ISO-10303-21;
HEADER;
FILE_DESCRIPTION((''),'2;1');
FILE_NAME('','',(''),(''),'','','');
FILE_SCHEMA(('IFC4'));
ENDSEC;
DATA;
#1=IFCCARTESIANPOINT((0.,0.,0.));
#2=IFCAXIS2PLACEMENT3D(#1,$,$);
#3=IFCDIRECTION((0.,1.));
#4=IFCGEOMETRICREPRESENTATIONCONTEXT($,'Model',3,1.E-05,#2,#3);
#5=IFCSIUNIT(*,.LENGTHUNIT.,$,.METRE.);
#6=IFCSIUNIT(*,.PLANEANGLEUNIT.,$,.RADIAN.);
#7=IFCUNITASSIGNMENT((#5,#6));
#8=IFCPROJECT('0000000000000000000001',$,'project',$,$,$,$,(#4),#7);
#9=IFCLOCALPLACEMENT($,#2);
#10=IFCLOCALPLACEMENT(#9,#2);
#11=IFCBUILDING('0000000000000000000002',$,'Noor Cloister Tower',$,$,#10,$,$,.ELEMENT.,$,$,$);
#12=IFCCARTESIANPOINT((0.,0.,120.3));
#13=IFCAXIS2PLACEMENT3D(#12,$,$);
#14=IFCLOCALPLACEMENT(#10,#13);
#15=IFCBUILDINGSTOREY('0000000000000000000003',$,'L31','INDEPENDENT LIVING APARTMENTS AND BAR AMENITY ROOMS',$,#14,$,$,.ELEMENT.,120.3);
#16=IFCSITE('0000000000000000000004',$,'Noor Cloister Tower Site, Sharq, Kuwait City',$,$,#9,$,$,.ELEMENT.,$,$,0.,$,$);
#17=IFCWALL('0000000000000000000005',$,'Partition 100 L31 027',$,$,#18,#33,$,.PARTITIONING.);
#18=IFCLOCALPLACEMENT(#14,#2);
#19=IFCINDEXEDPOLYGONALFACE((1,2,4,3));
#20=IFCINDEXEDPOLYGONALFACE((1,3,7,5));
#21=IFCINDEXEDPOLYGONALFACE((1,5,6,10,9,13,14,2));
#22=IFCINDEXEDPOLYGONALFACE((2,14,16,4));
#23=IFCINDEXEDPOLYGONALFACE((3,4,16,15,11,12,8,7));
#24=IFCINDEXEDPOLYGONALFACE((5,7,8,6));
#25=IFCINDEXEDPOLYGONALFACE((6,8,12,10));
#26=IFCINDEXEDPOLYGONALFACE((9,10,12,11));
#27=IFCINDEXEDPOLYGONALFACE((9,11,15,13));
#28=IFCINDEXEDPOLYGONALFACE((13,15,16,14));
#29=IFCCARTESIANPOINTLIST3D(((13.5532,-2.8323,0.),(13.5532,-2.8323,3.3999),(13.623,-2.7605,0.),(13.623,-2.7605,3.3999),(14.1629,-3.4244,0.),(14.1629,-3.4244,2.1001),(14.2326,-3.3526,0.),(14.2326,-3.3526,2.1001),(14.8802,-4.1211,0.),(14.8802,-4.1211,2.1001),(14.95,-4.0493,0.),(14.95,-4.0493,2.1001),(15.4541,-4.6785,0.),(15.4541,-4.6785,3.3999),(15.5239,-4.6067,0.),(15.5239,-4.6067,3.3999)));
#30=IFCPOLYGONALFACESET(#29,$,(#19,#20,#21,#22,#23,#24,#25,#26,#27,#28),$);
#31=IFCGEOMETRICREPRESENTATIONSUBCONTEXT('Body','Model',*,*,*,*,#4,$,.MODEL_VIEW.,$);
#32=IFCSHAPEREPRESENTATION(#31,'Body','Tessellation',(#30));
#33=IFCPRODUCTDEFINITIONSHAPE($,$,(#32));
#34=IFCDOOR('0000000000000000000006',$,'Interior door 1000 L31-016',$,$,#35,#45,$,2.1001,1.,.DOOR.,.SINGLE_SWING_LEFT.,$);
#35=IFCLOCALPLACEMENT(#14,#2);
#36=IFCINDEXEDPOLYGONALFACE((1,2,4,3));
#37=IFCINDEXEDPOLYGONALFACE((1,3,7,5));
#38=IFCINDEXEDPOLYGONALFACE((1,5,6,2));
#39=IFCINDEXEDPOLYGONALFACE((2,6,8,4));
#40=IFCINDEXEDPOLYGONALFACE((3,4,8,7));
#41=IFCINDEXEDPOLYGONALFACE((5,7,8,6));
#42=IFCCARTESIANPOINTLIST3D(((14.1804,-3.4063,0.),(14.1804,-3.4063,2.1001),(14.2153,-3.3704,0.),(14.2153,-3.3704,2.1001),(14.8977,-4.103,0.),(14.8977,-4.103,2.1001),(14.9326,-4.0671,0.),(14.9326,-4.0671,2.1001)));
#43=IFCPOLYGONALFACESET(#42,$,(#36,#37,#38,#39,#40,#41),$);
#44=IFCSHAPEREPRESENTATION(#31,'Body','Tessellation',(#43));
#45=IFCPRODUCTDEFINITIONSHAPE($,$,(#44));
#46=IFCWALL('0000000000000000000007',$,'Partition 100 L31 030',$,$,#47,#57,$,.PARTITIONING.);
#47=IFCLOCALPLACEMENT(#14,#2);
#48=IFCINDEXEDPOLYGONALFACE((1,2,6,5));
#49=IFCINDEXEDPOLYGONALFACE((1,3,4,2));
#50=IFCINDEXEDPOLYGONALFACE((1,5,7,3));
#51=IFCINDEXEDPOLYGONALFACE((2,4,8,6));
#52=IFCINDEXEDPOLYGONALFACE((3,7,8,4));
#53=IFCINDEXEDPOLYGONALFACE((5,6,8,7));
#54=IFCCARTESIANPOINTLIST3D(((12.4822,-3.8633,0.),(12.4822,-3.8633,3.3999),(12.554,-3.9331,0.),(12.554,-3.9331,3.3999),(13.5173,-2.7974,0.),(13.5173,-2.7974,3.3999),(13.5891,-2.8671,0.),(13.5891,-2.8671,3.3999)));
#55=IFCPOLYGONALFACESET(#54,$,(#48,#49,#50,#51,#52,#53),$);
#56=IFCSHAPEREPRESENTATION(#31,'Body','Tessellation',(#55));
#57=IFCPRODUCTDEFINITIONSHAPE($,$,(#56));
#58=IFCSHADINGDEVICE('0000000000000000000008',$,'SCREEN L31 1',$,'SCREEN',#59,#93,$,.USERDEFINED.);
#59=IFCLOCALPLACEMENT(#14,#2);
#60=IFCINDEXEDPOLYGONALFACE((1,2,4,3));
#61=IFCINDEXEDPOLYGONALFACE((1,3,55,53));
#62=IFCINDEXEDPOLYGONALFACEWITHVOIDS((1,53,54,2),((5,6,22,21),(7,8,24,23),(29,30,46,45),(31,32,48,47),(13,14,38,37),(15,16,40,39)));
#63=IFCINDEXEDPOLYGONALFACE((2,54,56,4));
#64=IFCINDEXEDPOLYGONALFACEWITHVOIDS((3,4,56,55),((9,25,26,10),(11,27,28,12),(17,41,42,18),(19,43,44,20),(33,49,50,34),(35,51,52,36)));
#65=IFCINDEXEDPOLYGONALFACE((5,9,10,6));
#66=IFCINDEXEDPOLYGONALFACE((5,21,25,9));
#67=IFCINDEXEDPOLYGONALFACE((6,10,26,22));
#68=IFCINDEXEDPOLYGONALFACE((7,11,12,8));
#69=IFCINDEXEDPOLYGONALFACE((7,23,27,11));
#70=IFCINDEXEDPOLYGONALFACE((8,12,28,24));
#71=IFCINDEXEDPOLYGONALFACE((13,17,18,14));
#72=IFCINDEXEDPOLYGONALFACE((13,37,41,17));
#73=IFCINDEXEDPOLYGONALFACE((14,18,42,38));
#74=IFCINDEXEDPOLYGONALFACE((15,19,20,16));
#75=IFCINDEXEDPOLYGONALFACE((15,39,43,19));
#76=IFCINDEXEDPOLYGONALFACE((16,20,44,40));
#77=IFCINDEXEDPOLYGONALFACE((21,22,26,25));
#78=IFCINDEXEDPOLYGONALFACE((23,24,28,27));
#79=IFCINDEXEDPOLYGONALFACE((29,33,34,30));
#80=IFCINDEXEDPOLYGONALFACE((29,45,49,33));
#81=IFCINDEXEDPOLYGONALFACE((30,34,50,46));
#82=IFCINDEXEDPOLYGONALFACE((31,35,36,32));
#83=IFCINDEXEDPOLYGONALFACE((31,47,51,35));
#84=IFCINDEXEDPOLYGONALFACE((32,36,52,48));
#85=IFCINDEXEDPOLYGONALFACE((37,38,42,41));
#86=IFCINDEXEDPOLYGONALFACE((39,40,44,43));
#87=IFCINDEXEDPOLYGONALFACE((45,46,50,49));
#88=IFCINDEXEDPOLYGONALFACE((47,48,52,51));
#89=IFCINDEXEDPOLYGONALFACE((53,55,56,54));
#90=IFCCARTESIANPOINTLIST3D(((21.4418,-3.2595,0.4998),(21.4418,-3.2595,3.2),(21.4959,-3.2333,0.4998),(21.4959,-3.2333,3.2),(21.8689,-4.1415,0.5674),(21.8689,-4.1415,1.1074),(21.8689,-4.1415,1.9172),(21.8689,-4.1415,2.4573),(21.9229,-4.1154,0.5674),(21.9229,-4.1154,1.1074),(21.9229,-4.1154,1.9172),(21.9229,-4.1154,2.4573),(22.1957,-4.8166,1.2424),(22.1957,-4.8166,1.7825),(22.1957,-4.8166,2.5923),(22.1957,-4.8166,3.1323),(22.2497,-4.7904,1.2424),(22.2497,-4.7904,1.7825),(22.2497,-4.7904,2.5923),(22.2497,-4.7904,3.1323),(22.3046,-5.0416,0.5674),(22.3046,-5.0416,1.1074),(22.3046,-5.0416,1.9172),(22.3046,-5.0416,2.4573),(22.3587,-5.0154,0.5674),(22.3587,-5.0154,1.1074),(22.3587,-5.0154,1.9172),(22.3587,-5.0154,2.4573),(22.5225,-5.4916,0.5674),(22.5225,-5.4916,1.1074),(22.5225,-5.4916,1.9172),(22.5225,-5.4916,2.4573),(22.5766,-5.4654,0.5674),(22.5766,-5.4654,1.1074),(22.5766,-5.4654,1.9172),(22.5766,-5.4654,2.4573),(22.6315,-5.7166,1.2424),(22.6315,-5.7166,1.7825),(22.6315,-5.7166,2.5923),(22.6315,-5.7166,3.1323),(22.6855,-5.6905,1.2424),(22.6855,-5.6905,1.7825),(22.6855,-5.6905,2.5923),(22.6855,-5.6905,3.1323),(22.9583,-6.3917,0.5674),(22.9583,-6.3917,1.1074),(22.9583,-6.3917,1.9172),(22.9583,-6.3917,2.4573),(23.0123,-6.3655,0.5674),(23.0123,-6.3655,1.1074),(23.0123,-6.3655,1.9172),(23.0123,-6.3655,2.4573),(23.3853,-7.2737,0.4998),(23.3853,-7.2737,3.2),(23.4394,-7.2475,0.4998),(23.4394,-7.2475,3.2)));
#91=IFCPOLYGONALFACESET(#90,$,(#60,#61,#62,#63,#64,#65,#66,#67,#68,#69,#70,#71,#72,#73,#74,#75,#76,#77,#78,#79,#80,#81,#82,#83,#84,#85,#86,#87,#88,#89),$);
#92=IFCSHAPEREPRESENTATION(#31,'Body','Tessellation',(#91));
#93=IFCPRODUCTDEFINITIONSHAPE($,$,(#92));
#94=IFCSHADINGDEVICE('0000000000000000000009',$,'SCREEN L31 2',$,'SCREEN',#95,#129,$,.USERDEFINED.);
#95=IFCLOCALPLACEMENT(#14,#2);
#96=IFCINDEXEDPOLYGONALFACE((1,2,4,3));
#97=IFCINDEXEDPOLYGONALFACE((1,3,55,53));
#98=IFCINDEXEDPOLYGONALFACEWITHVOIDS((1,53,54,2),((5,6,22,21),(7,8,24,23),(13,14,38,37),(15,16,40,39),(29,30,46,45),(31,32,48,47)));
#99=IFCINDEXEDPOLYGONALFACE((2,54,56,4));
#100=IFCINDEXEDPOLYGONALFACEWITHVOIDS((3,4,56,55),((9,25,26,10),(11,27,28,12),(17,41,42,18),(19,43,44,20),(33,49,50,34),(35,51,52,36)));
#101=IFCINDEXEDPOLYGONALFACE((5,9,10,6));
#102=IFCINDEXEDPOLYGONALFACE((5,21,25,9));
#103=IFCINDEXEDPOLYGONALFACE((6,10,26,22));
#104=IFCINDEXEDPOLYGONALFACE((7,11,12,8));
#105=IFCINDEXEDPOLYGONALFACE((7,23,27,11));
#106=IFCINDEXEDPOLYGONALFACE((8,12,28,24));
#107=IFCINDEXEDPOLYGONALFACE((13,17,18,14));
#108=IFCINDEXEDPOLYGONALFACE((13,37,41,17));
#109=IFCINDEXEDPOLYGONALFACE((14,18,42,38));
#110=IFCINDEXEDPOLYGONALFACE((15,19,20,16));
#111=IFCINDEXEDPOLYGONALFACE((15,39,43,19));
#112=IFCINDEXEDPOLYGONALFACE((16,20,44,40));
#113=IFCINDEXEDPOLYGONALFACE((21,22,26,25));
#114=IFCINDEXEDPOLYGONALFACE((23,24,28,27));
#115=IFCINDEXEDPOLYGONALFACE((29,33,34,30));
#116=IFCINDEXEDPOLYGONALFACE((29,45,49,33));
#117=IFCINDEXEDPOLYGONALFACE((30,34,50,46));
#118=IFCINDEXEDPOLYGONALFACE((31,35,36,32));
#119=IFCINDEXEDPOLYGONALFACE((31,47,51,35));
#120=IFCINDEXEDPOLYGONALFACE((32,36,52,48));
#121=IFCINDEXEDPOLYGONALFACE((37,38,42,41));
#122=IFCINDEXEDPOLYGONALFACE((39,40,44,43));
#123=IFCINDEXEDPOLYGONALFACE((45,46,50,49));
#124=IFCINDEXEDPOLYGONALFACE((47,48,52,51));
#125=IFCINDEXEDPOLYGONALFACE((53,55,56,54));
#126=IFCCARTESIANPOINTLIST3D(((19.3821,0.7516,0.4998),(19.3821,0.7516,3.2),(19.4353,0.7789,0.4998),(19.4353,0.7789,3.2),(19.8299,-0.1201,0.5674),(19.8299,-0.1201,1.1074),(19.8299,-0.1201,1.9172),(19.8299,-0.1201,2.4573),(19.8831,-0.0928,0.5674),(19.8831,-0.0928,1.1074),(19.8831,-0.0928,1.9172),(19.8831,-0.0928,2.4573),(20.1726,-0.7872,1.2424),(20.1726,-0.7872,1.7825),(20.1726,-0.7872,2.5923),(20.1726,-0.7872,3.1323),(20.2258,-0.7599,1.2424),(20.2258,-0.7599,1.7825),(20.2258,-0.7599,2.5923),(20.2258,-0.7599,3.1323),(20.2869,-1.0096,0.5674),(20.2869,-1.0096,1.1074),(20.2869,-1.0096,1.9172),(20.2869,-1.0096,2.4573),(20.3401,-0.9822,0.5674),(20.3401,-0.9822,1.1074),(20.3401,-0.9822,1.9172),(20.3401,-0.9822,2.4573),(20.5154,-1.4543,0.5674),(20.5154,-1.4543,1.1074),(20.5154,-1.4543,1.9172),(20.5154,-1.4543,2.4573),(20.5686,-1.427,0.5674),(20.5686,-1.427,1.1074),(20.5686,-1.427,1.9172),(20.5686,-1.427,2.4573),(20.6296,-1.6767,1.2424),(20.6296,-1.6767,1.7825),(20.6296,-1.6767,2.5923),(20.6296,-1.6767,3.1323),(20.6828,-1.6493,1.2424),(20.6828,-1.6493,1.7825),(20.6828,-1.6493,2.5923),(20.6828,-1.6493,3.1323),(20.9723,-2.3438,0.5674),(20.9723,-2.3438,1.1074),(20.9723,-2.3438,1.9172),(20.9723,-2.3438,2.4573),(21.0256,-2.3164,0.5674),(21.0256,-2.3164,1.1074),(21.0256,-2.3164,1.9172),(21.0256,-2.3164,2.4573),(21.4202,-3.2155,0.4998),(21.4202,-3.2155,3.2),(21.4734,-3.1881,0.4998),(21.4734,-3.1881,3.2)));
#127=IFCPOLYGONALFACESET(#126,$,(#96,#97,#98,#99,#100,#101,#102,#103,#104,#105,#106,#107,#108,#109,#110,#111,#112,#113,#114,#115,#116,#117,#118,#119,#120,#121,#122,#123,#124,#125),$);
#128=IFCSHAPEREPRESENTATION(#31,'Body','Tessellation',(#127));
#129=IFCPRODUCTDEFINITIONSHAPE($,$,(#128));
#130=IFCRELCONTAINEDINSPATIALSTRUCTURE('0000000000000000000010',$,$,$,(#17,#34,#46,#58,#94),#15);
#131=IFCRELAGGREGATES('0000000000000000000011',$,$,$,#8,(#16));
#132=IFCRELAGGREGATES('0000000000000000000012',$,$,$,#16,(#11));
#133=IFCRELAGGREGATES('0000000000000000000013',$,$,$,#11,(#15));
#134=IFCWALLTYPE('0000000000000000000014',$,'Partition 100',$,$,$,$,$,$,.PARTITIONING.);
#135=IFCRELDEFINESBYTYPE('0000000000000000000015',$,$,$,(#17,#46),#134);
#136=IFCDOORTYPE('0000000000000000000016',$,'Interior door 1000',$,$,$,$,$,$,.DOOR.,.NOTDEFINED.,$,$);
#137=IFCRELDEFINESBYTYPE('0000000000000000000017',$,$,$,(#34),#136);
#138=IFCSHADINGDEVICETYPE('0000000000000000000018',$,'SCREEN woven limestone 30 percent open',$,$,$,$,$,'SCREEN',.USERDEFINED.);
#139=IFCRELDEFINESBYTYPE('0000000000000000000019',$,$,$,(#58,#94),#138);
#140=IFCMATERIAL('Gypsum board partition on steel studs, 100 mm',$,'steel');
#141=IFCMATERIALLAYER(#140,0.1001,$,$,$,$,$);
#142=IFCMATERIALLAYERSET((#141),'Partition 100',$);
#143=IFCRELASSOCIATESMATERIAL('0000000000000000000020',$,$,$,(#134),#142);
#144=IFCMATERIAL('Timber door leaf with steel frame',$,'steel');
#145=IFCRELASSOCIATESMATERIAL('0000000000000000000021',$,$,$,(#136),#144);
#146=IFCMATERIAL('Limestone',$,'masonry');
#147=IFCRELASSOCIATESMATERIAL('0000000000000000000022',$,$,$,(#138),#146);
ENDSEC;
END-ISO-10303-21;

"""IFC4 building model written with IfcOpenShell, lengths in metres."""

from ifc_helpers import new_model, si_unit, direction, frame, frame_2d, origin, place, context, subcontext, project, spatial, polyline, rectangle, outline, extrude, material, layer, layer_set, material_profile, profile_set, type_object, element, fill, save


model = new_model("IFC4")

# Units and contexts
model_context = context("Model", 3, precision=1e-05, world=origin(), true_north=direction((0.0, 1.0)))
body_context = subcontext(model_context, "Body", "Model", "MODEL_VIEW")
ifc_project = project(units=[si_unit("LENGTHUNIT", "METRE"), si_unit("PLANEANGLEUNIT", "RADIAN")], contexts=[model_context])

# Site, building, storey
site_placement = place(None, origin())
site = spatial("IfcSite", under=ifc_project, at=site_placement, Name="Noor Cloister Tower Site, Sharq, Kuwait City", CompositionType="ELEMENT", RefElevation=0.0)
building_placement = place(site_placement, origin())
building = spatial("IfcBuilding", under=site, at=building_placement, Name="Noor Cloister Tower", CompositionType="ELEMENT")
storey_placement = place(building_placement, frame((0.0, 0.0, 120.3)))
storey = spatial("IfcBuildingStorey", under=building, at=storey_placement, Name="L31", Description="INDEPENDENT LIVING APARTMENTS AND BAR AMENITY ROOMS", CompositionType="ELEMENT", Elevation=120.3)

# Wall, opening, door
ifc_material_1 = material(Name="Gypsum board partition on steel studs, 100 mm", Category="steel")
ifc_layer_1 = layer(ifc_material_1, 0.1001)
ifc_layer_set_1 = layer_set([ifc_layer_1], Name="Partition 100")
wall_type_1 = type_object("IfcWallType", Name="Partition 100", PredefinedType="PARTITIONING", material=ifc_layer_set_1)
ifc_material_2 = material(Name="Timber door leaf with steel frame", Category="steel")
door_type_1 = type_object("IfcDoorType", Name="Interior door 1000", OperationType="NOTDEFINED", PredefinedType="DOOR", material=ifc_material_2)
wall_1_placement = place(storey_placement, frame((15.489, -4.6426, 0.0), z_axis=(0.0, 0.0, 1.0), x_axis=(-0.71735, 0.696713, 0.0)))
wall_1 = element("IfcWall", 1, at=wall_1_placement, inside=storey, type_object=wall_type_1, Name="Partition 100 L31 027", PredefinedType="PARTITIONING", context=body_context, shape_type="SweptSolid", body=[
    extrude(rectangle(XDim=2.6499, YDim=0.1001, at=frame_2d((1.325, 0.0))), origin(), (0.0, 0.0, 1.0), 3.3999),
])
opening_1_placement = place(wall_1_placement, frame((0.8, 0.0, 0.0)))
opening_1 = element("IfcOpeningElement", 2, at=opening_1_placement, cuts=wall_1, PredefinedType="OPENING", context=body_context, shape_type="SweptSolid", body=[
    extrude(rectangle(XDim=1.0, YDim=2.1001, at=frame_2d((0.5, 1.05))), frame((0.0, 0.0601, 0.0), z_axis=(0.0, -1.0, 0.0), x_axis=(1.0, 0.0, 0.0)), (0.0, 0.0, 1.0), 0.1201),
])
door_1_placement = place(opening_1_placement, origin())
door_1 = element("IfcDoor", 3, at=door_1_placement, inside=storey, type_object=door_type_1, Name="Interior door 1000 L31-016", OperationType="SINGLE_SWING_LEFT", OverallHeight=2.1001, OverallWidth=1.0, PredefinedType="DOOR", context=body_context, shape_type="SweptSolid", body=[
    extrude(rectangle(XDim=1.0, YDim=2.1001, at=frame_2d((0.5, 1.05))), frame((0.0, 0.0249, 0.0), z_axis=(0.0, -1.0, 0.0), x_axis=(1.0, 0.0, 0.0)), (0.0, 0.0, 1.0), 0.05),
])
fill(opening_1, door_1)

# Wall
wall_2_placement = place(storey_placement, frame((12.5181, -3.8982, 0.0), z_axis=(0.0, 0.0, 1.0), x_axis=(0.696679, 0.717383, 0.0)))
element("IfcWall", 4, at=wall_2_placement, inside=storey, type_object=wall_type_1, Name="Partition 100 L31 030", PredefinedType="PARTITIONING", context=body_context, shape_type="SweptSolid", body=[
    extrude(rectangle(XDim=1.4858, YDim=0.1001, at=frame_2d((0.7429, 0.0))), origin(), (0.0, 0.0, 1.0), 3.3999),
])

# Shading devices
ifc_material_3 = material(Name="Limestone", Category="masonry")
ifc_material_profile_1 = material_profile(ifc_material_3, outline(polyline([(-2.23, -1.3501), (2.23, -1.3501), (2.23, 1.3501), (-2.23, 1.3501), (-2.23, -1.3501)]), holes=[polyline([(-1.25, -1.2825), (-0.25, -1.2825), (-0.25, -0.7424), (-1.25, -0.7424), (-1.25, -1.2825)]), polyline([(0.25, -1.2825), (1.25, -1.2825), (1.25, -0.7424), (0.25, -0.7424), (0.25, -1.2825)]), polyline([(-0.5, -0.6074), (0.5, -0.6074), (0.5, -0.0674), (-0.5, -0.0674), (-0.5, -0.6074)]), polyline([(-1.25, 0.0674), (-0.25, 0.0674), (-0.25, 0.6074), (-1.25, 0.6074), (-1.25, 0.0674)]), polyline([(0.25, 0.0674), (1.25, 0.0674), (1.25, 0.6074), (0.25, 0.6074), (0.25, 0.0674)]), polyline([(-0.5, 0.7424), (0.5, 0.7424), (0.5, 1.2825), (-0.5, 1.2825), (-0.5, 0.7424)])]), Name="Woven screen 30 percent open")
ifc_profile_set_1 = profile_set([ifc_material_profile_1], Name="Limestone")
shading_device_type = type_object("IfcShadingDeviceType", Name="SCREEN woven limestone 30 percent open", ElementType="SCREEN", PredefinedType="USERDEFINED", material=ifc_profile_set_1)
shading_device_1_placement = place(storey_placement, frame((22.4136, -5.2666, 1.8499), z_axis=(0.900056, 0.435774, 0.0), x_axis=(-0.435774, 0.900056, 0.0)))
element("IfcShadingDevice", 5, at=shading_device_1_placement, inside=storey, type_object=shading_device_type, Name="SCREEN L31 1", ObjectType="SCREEN", PredefinedType="USERDEFINED", context=body_context, shape_type="SweptSolid", body=[
    extrude(outline(polyline([(-2.23, -1.3501), (2.23, -1.3501), (2.23, 1.3501), (-2.23, 1.3501), (-2.23, -1.3501)]), holes=[polyline([(-1.25, -1.2825), (-0.25, -1.2825), (-0.25, -0.7424), (-1.25, -0.7424), (-1.25, -1.2825)]), polyline([(0.25, -1.2825), (1.25, -1.2825), (1.25, -0.7424), (0.25, -0.7424), (0.25, -1.2825)]), polyline([(-0.5, -0.6074), (0.5, -0.6074), (0.5, -0.0674), (-0.5, -0.0674), (-0.5, -0.6074)]), polyline([(-1.25, 0.0674), (-0.25, 0.0674), (-0.25, 0.6074), (-1.25, 0.6074), (-1.25, 0.0674)]), polyline([(0.25, 0.0674), (1.25, 0.0674), (1.25, 0.6074), (0.25, 0.6074), (0.25, 0.0674)]), polyline([(-0.5, 0.7424), (0.5, 0.7424), (0.5, 1.2825), (-0.5, 1.2825), (-0.5, 0.7424)])]), origin(), (0.0, 0.0, 1.0), 0.0601),
])
shading_device_2_placement = place(storey_placement, frame((20.4011, -1.2319, 1.8499), z_axis=(0.889477, 0.456979, 0.0), x_axis=(-0.456979, 0.889477, 0.0)))
element("IfcShadingDevice", 6, at=shading_device_2_placement, inside=storey, type_object=shading_device_type, Name="SCREEN L31 2", ObjectType="SCREEN", PredefinedType="USERDEFINED", context=body_context, shape_type="SweptSolid", body=[
    extrude(outline(polyline([(-2.23, -1.3501), (2.23, -1.3501), (2.23, 1.3501), (-2.23, 1.3501), (-2.23, -1.3501)]), holes=[polyline([(-1.25, -1.2825), (-0.25, -1.2825), (-0.25, -0.7424), (-1.25, -0.7424), (-1.25, -1.2825)]), polyline([(0.25, -1.2825), (1.25, -1.2825), (1.25, -0.7424), (0.25, -0.7424), (0.25, -1.2825)]), polyline([(-0.5, -0.6074), (0.5, -0.6074), (0.5, -0.0674), (-0.5, -0.0674), (-0.5, -0.6074)]), polyline([(-1.25, 0.0674), (-0.25, 0.0674), (-0.25, 0.6074), (-1.25, 0.6074), (-1.25, 0.0674)]), polyline([(0.25, 0.0674), (1.25, 0.0674), (1.25, 0.6074), (0.25, 0.6074), (0.25, 0.0674)]), polyline([(-0.5, 0.7424), (0.5, 0.7424), (0.5, 1.2825), (-0.5, 1.2825), (-0.5, 0.7424)])]), origin(), (0.0, 0.0, 1.0), 0.0598),
])

save(model, "model.ifc")
